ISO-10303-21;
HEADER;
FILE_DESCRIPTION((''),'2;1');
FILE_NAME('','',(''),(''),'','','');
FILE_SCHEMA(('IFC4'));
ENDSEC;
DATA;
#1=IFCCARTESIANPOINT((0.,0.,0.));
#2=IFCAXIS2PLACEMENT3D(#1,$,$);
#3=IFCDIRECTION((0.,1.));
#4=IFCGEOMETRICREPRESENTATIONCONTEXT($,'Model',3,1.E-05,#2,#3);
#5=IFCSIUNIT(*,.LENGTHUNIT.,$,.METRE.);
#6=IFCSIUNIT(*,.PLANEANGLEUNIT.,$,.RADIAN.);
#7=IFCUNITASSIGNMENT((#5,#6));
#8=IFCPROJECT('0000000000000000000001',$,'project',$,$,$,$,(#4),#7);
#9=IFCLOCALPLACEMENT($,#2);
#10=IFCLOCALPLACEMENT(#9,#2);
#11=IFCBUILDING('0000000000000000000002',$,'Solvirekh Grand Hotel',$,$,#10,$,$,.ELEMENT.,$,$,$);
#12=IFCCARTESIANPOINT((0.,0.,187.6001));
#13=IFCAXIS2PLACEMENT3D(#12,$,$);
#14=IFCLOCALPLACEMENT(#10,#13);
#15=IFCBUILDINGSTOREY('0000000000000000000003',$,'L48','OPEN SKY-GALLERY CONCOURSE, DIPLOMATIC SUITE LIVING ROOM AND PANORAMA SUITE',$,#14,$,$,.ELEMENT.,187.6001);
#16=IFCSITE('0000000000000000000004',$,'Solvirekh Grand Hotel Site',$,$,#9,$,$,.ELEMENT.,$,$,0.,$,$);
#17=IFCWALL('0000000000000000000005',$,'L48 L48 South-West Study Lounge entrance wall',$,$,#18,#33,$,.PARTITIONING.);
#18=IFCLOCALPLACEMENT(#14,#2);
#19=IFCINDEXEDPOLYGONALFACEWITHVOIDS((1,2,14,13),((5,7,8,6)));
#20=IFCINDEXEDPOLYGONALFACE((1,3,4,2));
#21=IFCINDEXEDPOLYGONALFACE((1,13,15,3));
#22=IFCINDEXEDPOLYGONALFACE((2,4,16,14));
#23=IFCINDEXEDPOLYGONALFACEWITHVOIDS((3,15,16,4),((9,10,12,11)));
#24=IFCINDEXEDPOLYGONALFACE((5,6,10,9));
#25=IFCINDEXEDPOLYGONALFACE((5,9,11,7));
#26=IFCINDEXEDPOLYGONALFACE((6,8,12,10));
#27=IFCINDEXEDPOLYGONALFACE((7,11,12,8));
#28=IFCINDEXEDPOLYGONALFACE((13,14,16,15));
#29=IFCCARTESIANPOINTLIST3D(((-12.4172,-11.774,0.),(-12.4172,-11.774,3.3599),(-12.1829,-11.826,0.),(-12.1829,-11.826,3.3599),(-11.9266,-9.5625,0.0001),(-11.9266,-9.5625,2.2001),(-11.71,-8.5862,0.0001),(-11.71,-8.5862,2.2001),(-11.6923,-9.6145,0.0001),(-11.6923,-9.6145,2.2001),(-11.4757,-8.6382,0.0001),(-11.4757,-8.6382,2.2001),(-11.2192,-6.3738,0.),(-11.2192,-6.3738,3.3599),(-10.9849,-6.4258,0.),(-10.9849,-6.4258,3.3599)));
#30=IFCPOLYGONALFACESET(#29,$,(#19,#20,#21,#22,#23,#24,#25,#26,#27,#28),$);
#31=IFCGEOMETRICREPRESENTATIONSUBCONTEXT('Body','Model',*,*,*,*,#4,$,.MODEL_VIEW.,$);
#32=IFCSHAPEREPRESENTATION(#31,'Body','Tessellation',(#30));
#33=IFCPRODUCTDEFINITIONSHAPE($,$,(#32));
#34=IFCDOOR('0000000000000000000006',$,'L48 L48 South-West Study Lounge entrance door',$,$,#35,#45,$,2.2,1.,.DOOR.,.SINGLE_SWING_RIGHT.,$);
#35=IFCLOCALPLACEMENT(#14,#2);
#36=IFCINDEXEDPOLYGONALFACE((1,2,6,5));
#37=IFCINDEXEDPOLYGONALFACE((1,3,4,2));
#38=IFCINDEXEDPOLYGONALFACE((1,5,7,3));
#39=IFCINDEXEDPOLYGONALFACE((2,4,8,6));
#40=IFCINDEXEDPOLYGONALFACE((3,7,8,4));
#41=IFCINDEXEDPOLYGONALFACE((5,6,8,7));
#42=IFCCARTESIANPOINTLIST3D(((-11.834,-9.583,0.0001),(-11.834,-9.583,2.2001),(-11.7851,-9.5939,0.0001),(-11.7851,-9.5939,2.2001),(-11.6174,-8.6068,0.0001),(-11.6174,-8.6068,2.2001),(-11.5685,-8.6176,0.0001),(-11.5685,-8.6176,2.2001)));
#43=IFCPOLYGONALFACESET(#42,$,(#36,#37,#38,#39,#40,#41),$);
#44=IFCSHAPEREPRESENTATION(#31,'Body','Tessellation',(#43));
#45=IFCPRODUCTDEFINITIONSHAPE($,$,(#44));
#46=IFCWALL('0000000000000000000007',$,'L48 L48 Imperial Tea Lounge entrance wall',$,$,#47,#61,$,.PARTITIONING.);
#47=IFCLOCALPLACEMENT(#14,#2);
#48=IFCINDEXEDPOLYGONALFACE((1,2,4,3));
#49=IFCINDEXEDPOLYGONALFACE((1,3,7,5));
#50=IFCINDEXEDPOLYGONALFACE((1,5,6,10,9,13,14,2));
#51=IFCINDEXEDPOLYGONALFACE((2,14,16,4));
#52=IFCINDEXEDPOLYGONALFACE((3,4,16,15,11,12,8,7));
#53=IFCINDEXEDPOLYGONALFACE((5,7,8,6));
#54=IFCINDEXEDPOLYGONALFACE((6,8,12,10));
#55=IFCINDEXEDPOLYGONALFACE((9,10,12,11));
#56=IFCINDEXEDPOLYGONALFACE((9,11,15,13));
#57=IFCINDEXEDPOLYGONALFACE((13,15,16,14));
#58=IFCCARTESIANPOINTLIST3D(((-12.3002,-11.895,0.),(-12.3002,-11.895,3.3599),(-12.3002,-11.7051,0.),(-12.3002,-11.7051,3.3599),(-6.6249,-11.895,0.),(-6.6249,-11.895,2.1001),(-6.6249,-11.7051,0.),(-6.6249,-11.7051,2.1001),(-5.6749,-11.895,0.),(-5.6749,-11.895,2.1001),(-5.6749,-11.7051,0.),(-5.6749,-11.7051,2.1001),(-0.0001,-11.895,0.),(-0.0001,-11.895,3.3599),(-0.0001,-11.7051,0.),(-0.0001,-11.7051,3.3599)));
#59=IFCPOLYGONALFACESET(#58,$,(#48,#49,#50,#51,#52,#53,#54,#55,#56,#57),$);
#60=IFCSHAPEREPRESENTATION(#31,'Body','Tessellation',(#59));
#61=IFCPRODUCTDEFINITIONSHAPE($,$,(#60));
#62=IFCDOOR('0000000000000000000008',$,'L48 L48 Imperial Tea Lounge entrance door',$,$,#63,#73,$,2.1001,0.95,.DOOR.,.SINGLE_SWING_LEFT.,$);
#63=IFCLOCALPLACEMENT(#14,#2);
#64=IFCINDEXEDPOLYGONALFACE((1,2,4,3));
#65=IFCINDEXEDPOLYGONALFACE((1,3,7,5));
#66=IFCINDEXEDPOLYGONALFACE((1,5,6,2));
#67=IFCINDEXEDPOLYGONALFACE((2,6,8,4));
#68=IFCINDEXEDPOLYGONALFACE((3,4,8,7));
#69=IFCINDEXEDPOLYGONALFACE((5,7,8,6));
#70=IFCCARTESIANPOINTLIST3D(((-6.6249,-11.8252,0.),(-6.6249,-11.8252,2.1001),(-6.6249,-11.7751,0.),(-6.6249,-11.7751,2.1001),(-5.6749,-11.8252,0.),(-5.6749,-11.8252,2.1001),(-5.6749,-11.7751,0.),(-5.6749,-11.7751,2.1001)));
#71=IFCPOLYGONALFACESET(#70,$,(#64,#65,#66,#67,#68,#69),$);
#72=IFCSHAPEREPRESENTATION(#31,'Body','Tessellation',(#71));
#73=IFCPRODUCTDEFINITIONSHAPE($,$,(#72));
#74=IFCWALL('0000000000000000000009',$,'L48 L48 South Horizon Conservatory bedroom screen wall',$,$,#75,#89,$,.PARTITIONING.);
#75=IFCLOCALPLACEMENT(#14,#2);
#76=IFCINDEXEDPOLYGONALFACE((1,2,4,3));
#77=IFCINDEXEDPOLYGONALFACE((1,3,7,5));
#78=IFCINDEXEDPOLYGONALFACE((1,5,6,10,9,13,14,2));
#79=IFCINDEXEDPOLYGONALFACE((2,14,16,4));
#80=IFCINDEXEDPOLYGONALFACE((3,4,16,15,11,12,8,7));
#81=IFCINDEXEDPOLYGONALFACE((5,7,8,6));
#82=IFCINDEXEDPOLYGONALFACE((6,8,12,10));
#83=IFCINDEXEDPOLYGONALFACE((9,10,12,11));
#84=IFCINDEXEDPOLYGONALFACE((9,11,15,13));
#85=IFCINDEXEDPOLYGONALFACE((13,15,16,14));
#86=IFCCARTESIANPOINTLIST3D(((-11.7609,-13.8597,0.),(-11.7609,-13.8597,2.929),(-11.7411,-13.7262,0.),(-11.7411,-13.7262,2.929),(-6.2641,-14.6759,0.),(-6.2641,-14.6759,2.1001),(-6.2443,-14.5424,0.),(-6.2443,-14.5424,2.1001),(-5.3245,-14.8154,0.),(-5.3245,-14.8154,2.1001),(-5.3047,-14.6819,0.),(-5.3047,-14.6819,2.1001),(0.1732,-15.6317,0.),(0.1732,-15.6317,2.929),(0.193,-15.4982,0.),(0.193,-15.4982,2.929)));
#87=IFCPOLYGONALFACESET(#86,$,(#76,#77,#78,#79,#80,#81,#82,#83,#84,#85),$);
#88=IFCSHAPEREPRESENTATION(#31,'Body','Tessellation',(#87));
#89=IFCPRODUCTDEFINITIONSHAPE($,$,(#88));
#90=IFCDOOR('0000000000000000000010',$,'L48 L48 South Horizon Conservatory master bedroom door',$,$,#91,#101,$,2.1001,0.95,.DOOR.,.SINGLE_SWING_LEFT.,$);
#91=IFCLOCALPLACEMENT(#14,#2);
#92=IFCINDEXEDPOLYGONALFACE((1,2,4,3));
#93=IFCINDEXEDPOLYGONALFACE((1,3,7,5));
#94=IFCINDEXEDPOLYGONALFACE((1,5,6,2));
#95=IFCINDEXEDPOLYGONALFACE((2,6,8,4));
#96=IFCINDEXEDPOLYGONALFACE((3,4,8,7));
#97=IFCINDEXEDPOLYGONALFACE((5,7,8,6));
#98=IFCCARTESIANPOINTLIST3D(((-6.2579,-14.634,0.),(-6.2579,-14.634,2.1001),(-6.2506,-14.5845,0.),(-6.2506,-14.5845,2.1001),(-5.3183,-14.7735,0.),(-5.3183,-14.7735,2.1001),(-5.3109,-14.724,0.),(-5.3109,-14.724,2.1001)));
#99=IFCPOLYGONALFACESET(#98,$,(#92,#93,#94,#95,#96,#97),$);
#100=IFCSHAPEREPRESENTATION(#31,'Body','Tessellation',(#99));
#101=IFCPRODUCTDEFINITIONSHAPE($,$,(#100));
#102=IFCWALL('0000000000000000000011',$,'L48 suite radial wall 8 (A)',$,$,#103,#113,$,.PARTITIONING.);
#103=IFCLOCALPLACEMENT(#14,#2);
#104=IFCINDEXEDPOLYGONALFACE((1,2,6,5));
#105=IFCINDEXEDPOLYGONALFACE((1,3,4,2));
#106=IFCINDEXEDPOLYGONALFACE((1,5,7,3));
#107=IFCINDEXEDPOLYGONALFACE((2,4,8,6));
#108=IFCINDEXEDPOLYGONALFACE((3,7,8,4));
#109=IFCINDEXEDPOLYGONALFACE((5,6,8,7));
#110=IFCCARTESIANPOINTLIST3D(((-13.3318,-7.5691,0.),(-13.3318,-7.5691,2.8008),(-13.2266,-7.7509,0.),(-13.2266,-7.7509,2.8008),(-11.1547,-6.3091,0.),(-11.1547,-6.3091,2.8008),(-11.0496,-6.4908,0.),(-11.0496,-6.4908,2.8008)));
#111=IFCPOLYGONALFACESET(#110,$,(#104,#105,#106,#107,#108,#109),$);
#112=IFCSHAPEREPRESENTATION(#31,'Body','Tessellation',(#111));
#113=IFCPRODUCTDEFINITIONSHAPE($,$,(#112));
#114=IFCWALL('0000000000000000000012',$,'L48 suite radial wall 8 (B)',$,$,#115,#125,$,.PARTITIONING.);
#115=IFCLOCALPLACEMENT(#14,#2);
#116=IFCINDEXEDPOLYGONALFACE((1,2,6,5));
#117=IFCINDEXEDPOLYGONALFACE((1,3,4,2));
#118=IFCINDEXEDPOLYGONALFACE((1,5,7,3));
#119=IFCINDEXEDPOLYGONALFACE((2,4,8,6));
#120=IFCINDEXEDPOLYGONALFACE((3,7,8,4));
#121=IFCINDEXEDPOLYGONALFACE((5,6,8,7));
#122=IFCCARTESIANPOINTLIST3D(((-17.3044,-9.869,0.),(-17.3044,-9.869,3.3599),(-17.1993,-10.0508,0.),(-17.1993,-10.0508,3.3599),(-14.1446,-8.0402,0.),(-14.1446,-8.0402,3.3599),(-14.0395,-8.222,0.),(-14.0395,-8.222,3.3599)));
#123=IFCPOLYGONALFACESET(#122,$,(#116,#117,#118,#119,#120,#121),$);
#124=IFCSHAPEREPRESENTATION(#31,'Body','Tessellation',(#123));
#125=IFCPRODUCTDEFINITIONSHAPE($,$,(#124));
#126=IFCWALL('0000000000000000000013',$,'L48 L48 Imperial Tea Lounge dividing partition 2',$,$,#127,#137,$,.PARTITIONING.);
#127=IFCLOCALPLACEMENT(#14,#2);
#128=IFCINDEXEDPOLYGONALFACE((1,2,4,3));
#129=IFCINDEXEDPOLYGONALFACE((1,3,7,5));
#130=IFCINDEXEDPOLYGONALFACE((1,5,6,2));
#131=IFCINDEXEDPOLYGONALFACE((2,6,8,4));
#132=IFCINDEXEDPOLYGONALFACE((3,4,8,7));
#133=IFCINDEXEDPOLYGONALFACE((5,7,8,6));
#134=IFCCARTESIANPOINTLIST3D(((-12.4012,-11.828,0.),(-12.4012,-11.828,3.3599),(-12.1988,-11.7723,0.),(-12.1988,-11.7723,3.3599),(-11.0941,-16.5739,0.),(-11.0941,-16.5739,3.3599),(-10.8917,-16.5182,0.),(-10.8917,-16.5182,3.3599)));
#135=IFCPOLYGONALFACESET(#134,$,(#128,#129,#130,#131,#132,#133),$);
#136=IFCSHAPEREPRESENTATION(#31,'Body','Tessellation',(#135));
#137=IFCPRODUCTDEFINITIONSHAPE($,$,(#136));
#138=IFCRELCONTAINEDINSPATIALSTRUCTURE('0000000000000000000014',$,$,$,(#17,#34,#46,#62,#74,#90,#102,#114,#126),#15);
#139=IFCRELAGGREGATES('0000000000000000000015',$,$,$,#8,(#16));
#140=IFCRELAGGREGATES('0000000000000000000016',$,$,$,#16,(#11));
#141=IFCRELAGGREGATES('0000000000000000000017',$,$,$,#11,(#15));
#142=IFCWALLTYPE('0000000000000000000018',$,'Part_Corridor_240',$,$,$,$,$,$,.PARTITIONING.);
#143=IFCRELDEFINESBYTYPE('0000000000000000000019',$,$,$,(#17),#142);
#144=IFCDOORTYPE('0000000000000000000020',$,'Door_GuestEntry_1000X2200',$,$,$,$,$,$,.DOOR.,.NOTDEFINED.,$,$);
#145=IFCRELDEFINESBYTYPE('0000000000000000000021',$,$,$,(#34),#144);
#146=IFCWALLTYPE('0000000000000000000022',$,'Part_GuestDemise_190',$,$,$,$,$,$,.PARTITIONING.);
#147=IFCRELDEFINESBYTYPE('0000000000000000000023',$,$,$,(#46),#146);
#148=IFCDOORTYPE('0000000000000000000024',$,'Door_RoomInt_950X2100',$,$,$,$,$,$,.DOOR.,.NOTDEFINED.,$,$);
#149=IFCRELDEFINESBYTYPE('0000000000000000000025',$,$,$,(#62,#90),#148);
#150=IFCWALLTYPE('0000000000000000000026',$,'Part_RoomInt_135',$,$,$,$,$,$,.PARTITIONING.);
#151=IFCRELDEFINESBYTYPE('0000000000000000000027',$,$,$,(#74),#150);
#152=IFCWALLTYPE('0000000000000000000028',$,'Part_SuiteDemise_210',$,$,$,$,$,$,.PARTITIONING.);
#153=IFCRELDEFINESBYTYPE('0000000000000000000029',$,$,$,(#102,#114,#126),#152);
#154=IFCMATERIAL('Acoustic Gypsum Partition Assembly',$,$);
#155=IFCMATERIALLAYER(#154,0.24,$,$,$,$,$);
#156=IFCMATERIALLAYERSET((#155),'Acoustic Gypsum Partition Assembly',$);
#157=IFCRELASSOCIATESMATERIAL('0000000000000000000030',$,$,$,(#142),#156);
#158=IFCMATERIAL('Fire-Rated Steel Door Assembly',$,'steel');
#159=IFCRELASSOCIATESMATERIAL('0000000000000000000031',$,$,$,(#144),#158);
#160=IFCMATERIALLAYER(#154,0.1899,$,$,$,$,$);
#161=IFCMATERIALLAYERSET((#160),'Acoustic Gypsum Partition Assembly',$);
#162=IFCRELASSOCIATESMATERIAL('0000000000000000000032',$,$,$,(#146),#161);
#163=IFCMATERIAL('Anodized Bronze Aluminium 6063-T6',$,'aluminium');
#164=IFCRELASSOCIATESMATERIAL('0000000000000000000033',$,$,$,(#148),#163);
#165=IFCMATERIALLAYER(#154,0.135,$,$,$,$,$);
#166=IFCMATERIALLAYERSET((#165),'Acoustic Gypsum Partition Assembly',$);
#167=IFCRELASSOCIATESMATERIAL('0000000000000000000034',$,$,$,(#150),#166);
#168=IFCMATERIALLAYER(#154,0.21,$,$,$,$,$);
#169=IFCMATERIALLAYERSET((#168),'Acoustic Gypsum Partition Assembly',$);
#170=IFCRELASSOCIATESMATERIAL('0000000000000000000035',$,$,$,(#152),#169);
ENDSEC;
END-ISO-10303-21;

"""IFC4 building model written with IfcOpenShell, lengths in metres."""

from ifc_helpers import new_model, si_unit, direction, frame, frame_2d, origin, place, context, subcontext, project, spatial, rectangle, extrude, material, layer, layer_set, type_object, element, fill, save


model = new_model("IFC4")

# Units and contexts
model_context = context("Model", 3, precision=1e-05, world=origin(), true_north=direction((0.0, 1.0)))
body_context = subcontext(model_context, "Body", "Model", "MODEL_VIEW")
ifc_project = project(units=[si_unit("LENGTHUNIT", "METRE"), si_unit("PLANEANGLEUNIT", "RADIAN")], contexts=[model_context])

# Site, building, storey
site_placement = place(None, origin())
site = spatial("IfcSite", under=ifc_project, at=site_placement, Name="Solvirekh Grand Hotel Site", CompositionType="ELEMENT", RefElevation=0.0)
building_placement = place(site_placement, origin())
building = spatial("IfcBuilding", under=site, at=building_placement, Name="Solvirekh Grand Hotel", CompositionType="ELEMENT")
storey_placement = place(building_placement, frame((0.0, 0.0, 187.6001)))
storey = spatial("IfcBuildingStorey", under=building, at=storey_placement, Name="L48", Description="OPEN SKY-GALLERY CONCOURSE, DIPLOMATIC SUITE LIVING ROOM AND PANORAMA SUITE", CompositionType="ELEMENT", Elevation=187.6001)

# Walls, openings, doors
ifc_material_1 = material(Name="Acoustic Gypsum Partition Assembly")
ifc_layer_1 = layer(ifc_material_1, 0.24)
ifc_layer_set_1 = layer_set([ifc_layer_1], Name="Acoustic Gypsum Partition Assembly")
wall_type_1 = type_object("IfcWallType", Name="Part_Corridor_240", PredefinedType="PARTITIONING", material=ifc_layer_set_1)
wall_1_placement = place(storey_placement, frame((-11.1021, -6.3999, 0.0), z_axis=(0.0, 0.0, 1.0), x_axis=(-0.21658, -0.976265, 0.0)))
wall_1 = element("IfcWall", 1, at=wall_1_placement, inside=storey, type_object=wall_type_1, Name="L48 L48 South-West Study Lounge entrance wall", PredefinedType="PARTITIONING", context=body_context, shape_type="SweptSolid", body=[
    extrude(rectangle(XDim=5.5315, YDim=0.24, at=frame_2d((2.7656, 0.0))), origin(), (0.0, 0.0, 1.0), 3.3599),
])
opening_1_placement = place(wall_1_placement, frame((2.2661, 0.0, 0.0)))
opening_1 = element("IfcOpeningElement", 2, at=opening_1_placement, cuts=wall_1, PredefinedType="OPENING", context=body_context, shape_type="SweptSolid", body=[
    extrude(rectangle(XDim=1.0, YDim=2.2, at=frame_2d((0.5, 1.1001))), frame((0.0, 0.1299, 0.0), z_axis=(0.0, -1.0, 0.0), x_axis=(1.0, 0.0, 0.0)), (0.0, 0.0, 1.0), 0.26),
])
ifc_material_2 = material(Name="Fire-Rated Steel Door Assembly", Category="steel")
door_type_1 = type_object("IfcDoorType", Name="Door_GuestEntry_1000X2200", OperationType="NOTDEFINED", PredefinedType="DOOR", material=ifc_material_2)
door_1_placement = place(opening_1_placement, origin())
door_1 = element("IfcDoor", 3, at=door_1_placement, inside=storey, type_object=door_type_1, Name="L48 L48 South-West Study Lounge entrance door", OperationType="SINGLE_SWING_RIGHT", OverallHeight=2.2, OverallWidth=1.0, PredefinedType="DOOR", context=body_context, shape_type="SweptSolid", body=[
    extrude(rectangle(XDim=1.0, YDim=2.2, at=frame_2d((0.5, 1.1001))), frame((0.0, 0.0249, 0.0), z_axis=(0.0, -1.0, 0.0), x_axis=(1.0, 0.0, 0.0)), (0.0, 0.0, 1.0), 0.05),
])
fill(opening_1, door_1)
ifc_layer_2 = layer(ifc_material_1, 0.1899)
ifc_layer_set_2 = layer_set([ifc_layer_2], Name="Acoustic Gypsum Partition Assembly")
wall_type_2 = type_object("IfcWallType", Name="Part_GuestDemise_190", PredefinedType="PARTITIONING", material=ifc_layer_set_2)
wall_2_placement = place(storey_placement, frame((-12.3, -11.8, 0.0), z_axis=(0.0, 0.0, 1.0), x_axis=(1.0, 0.0, 0.0)))
wall_2 = element("IfcWall", 4, at=wall_2_placement, inside=storey, type_object=wall_type_2, Name="L48 L48 Imperial Tea Lounge entrance wall", PredefinedType="PARTITIONING", context=body_context, shape_type="SweptSolid", body=[
    extrude(rectangle(XDim=12.3, YDim=0.1899, at=frame_2d((6.1499, 0.0))), origin(), (0.0, 0.0, 1.0), 3.3599),
])
opening_2_placement = place(wall_2_placement, frame((5.675, 0.0, 0.0)))
opening_2 = element("IfcOpeningElement", 5, at=opening_2_placement, cuts=wall_2, PredefinedType="OPENING", context=body_context, shape_type="SweptSolid", body=[
    extrude(rectangle(XDim=0.95, YDim=2.1001, at=frame_2d((0.4751, 1.05))), frame((0.0, 0.105, 0.0), z_axis=(0.0, -1.0, 0.0), x_axis=(1.0, 0.0, 0.0)), (0.0, 0.0, 1.0), 0.21),
])
ifc_material_3 = material(Name="Anodized Bronze Aluminium 6063-T6", Category="aluminium")
door_type_2 = type_object("IfcDoorType", Name="Door_RoomInt_950X2100", OperationType="NOTDEFINED", PredefinedType="DOOR", material=ifc_material_3)
door_2_placement = place(opening_2_placement, origin())
door_2 = element("IfcDoor", 6, at=door_2_placement, inside=storey, type_object=door_type_2, Name="L48 L48 Imperial Tea Lounge entrance door", OperationType="SINGLE_SWING_LEFT", OverallHeight=2.1001, OverallWidth=0.95, PredefinedType="DOOR", context=body_context, shape_type="SweptSolid", body=[
    extrude(rectangle(XDim=0.95, YDim=2.1001, at=frame_2d((0.4751, 1.05))), frame((0.0, 0.0249, 0.0), z_axis=(0.0, -1.0, 0.0), x_axis=(1.0, 0.0, 0.0)), (0.0, 0.0, 1.0), 0.05),
])
fill(opening_2, door_2)
ifc_layer_3 = layer(ifc_material_1, 0.135)
ifc_layer_set_3 = layer_set([ifc_layer_3], Name="Acoustic Gypsum Partition Assembly")
wall_type_3 = type_object("IfcWallType", Name="Part_RoomInt_135", PredefinedType="PARTITIONING", material=ifc_layer_set_3)
wall_3_placement = place(storey_placement, frame((-11.751, -13.793, 0.0), z_axis=(0.0, 0.0, 1.0), x_axis=(0.989156, -0.14687, 0.0)))
wall_3 = element("IfcWall", 7, at=wall_3_placement, inside=storey, type_object=wall_type_3, Name="L48 L48 South Horizon Conservatory bedroom screen wall", PredefinedType="PARTITIONING", context=body_context, shape_type="SweptSolid", body=[
    extrude(rectangle(XDim=12.0649, YDim=0.135, at=frame_2d((6.0325, 0.0))), origin(), (0.0, 0.0, 1.0), 2.929),
])
opening_3_placement = place(wall_3_placement, frame((5.5569, 0.0, 0.0)))
opening_3 = element("IfcOpeningElement", 8, at=opening_3_placement, cuts=wall_3, PredefinedType="OPENING", context=body_context, shape_type="SweptSolid", body=[
    extrude(rectangle(XDim=0.95, YDim=2.1001, at=frame_2d((0.4751, 1.05))), frame((0.0, 0.0776, 0.0), z_axis=(0.0, -1.0, 0.0), x_axis=(1.0, 0.0, 0.0)), (0.0, 0.0, 1.0), 0.155),
])
door_3_placement = place(opening_3_placement, origin())
door_3 = element("IfcDoor", 9, at=door_3_placement, inside=storey, type_object=door_type_2, Name="L48 L48 South Horizon Conservatory master bedroom door", OperationType="SINGLE_SWING_LEFT", OverallHeight=2.1001, OverallWidth=0.95, PredefinedType="DOOR", context=body_context, shape_type="SweptSolid", body=[
    extrude(rectangle(XDim=0.95, YDim=2.1001, at=frame_2d((0.4751, 1.05))), frame((0.0, 0.0249, 0.0), z_axis=(0.0, -1.0, 0.0), x_axis=(1.0, 0.0, 0.0)), (0.0, 0.0, 1.0), 0.05),
])
fill(opening_3, door_3)

# Walls
ifc_layer_4 = layer(ifc_material_1, 0.21)
ifc_layer_set_4 = layer_set([ifc_layer_4], Name="Acoustic Gypsum Partition Assembly")
wall_type_4 = type_object("IfcWallType", Name="Part_SuiteDemise_210", PredefinedType="PARTITIONING", material=ifc_layer_set_4)
wall_4_placement = place(storey_placement, frame((-11.1021, -6.3999, 0.0), z_axis=(0.0, 0.0, 1.0), x_axis=(-0.865488, -0.500929, 0.0)))
element("IfcWall", 10, at=wall_4_placement, inside=storey, type_object=wall_type_4, Name="L48 suite radial wall 8 (A)", PredefinedType="PARTITIONING", context=body_context, shape_type="SweptSolid", body=[
    extrude(rectangle(XDim=2.5154, YDim=0.21, at=frame_2d((1.2578, 0.0))), origin(), (0.0, 0.0, 1.0), 2.8008),
])
wall_5_placement = place(storey_placement, frame((-14.092, -8.1311, 0.0), z_axis=(0.0, 0.0, 1.0), x_axis=(-0.865493, -0.50092, 0.0)))
element("IfcWall", 11, at=wall_5_placement, inside=storey, type_object=wall_type_4, Name="L48 suite radial wall 8 (B)", PredefinedType="PARTITIONING", context=body_context, shape_type="SweptSolid", body=[
    extrude(rectangle(XDim=3.6509, YDim=0.21, at=frame_2d((1.8254, 0.0))), origin(), (0.0, 0.0, 1.0), 3.3599),
])
wall_6_placement = place(storey_placement, frame((-12.3, -11.8, 0.0), z_axis=(0.0, 0.0, 1.0), x_axis=(0.265538, -0.9641, 0.0)))
element("IfcWall", 12, at=wall_6_placement, inside=storey, type_object=wall_type_4, Name="L48 L48 Imperial Tea Lounge dividing partition 2", PredefinedType="PARTITIONING", context=body_context, shape_type="SweptSolid", body=[
    extrude(rectangle(XDim=4.9226, YDim=0.21, at=frame_2d((2.4614, 0.0))), origin(), (0.0, 0.0, 1.0), 3.3599),
])

save(model, "model.ifc")
